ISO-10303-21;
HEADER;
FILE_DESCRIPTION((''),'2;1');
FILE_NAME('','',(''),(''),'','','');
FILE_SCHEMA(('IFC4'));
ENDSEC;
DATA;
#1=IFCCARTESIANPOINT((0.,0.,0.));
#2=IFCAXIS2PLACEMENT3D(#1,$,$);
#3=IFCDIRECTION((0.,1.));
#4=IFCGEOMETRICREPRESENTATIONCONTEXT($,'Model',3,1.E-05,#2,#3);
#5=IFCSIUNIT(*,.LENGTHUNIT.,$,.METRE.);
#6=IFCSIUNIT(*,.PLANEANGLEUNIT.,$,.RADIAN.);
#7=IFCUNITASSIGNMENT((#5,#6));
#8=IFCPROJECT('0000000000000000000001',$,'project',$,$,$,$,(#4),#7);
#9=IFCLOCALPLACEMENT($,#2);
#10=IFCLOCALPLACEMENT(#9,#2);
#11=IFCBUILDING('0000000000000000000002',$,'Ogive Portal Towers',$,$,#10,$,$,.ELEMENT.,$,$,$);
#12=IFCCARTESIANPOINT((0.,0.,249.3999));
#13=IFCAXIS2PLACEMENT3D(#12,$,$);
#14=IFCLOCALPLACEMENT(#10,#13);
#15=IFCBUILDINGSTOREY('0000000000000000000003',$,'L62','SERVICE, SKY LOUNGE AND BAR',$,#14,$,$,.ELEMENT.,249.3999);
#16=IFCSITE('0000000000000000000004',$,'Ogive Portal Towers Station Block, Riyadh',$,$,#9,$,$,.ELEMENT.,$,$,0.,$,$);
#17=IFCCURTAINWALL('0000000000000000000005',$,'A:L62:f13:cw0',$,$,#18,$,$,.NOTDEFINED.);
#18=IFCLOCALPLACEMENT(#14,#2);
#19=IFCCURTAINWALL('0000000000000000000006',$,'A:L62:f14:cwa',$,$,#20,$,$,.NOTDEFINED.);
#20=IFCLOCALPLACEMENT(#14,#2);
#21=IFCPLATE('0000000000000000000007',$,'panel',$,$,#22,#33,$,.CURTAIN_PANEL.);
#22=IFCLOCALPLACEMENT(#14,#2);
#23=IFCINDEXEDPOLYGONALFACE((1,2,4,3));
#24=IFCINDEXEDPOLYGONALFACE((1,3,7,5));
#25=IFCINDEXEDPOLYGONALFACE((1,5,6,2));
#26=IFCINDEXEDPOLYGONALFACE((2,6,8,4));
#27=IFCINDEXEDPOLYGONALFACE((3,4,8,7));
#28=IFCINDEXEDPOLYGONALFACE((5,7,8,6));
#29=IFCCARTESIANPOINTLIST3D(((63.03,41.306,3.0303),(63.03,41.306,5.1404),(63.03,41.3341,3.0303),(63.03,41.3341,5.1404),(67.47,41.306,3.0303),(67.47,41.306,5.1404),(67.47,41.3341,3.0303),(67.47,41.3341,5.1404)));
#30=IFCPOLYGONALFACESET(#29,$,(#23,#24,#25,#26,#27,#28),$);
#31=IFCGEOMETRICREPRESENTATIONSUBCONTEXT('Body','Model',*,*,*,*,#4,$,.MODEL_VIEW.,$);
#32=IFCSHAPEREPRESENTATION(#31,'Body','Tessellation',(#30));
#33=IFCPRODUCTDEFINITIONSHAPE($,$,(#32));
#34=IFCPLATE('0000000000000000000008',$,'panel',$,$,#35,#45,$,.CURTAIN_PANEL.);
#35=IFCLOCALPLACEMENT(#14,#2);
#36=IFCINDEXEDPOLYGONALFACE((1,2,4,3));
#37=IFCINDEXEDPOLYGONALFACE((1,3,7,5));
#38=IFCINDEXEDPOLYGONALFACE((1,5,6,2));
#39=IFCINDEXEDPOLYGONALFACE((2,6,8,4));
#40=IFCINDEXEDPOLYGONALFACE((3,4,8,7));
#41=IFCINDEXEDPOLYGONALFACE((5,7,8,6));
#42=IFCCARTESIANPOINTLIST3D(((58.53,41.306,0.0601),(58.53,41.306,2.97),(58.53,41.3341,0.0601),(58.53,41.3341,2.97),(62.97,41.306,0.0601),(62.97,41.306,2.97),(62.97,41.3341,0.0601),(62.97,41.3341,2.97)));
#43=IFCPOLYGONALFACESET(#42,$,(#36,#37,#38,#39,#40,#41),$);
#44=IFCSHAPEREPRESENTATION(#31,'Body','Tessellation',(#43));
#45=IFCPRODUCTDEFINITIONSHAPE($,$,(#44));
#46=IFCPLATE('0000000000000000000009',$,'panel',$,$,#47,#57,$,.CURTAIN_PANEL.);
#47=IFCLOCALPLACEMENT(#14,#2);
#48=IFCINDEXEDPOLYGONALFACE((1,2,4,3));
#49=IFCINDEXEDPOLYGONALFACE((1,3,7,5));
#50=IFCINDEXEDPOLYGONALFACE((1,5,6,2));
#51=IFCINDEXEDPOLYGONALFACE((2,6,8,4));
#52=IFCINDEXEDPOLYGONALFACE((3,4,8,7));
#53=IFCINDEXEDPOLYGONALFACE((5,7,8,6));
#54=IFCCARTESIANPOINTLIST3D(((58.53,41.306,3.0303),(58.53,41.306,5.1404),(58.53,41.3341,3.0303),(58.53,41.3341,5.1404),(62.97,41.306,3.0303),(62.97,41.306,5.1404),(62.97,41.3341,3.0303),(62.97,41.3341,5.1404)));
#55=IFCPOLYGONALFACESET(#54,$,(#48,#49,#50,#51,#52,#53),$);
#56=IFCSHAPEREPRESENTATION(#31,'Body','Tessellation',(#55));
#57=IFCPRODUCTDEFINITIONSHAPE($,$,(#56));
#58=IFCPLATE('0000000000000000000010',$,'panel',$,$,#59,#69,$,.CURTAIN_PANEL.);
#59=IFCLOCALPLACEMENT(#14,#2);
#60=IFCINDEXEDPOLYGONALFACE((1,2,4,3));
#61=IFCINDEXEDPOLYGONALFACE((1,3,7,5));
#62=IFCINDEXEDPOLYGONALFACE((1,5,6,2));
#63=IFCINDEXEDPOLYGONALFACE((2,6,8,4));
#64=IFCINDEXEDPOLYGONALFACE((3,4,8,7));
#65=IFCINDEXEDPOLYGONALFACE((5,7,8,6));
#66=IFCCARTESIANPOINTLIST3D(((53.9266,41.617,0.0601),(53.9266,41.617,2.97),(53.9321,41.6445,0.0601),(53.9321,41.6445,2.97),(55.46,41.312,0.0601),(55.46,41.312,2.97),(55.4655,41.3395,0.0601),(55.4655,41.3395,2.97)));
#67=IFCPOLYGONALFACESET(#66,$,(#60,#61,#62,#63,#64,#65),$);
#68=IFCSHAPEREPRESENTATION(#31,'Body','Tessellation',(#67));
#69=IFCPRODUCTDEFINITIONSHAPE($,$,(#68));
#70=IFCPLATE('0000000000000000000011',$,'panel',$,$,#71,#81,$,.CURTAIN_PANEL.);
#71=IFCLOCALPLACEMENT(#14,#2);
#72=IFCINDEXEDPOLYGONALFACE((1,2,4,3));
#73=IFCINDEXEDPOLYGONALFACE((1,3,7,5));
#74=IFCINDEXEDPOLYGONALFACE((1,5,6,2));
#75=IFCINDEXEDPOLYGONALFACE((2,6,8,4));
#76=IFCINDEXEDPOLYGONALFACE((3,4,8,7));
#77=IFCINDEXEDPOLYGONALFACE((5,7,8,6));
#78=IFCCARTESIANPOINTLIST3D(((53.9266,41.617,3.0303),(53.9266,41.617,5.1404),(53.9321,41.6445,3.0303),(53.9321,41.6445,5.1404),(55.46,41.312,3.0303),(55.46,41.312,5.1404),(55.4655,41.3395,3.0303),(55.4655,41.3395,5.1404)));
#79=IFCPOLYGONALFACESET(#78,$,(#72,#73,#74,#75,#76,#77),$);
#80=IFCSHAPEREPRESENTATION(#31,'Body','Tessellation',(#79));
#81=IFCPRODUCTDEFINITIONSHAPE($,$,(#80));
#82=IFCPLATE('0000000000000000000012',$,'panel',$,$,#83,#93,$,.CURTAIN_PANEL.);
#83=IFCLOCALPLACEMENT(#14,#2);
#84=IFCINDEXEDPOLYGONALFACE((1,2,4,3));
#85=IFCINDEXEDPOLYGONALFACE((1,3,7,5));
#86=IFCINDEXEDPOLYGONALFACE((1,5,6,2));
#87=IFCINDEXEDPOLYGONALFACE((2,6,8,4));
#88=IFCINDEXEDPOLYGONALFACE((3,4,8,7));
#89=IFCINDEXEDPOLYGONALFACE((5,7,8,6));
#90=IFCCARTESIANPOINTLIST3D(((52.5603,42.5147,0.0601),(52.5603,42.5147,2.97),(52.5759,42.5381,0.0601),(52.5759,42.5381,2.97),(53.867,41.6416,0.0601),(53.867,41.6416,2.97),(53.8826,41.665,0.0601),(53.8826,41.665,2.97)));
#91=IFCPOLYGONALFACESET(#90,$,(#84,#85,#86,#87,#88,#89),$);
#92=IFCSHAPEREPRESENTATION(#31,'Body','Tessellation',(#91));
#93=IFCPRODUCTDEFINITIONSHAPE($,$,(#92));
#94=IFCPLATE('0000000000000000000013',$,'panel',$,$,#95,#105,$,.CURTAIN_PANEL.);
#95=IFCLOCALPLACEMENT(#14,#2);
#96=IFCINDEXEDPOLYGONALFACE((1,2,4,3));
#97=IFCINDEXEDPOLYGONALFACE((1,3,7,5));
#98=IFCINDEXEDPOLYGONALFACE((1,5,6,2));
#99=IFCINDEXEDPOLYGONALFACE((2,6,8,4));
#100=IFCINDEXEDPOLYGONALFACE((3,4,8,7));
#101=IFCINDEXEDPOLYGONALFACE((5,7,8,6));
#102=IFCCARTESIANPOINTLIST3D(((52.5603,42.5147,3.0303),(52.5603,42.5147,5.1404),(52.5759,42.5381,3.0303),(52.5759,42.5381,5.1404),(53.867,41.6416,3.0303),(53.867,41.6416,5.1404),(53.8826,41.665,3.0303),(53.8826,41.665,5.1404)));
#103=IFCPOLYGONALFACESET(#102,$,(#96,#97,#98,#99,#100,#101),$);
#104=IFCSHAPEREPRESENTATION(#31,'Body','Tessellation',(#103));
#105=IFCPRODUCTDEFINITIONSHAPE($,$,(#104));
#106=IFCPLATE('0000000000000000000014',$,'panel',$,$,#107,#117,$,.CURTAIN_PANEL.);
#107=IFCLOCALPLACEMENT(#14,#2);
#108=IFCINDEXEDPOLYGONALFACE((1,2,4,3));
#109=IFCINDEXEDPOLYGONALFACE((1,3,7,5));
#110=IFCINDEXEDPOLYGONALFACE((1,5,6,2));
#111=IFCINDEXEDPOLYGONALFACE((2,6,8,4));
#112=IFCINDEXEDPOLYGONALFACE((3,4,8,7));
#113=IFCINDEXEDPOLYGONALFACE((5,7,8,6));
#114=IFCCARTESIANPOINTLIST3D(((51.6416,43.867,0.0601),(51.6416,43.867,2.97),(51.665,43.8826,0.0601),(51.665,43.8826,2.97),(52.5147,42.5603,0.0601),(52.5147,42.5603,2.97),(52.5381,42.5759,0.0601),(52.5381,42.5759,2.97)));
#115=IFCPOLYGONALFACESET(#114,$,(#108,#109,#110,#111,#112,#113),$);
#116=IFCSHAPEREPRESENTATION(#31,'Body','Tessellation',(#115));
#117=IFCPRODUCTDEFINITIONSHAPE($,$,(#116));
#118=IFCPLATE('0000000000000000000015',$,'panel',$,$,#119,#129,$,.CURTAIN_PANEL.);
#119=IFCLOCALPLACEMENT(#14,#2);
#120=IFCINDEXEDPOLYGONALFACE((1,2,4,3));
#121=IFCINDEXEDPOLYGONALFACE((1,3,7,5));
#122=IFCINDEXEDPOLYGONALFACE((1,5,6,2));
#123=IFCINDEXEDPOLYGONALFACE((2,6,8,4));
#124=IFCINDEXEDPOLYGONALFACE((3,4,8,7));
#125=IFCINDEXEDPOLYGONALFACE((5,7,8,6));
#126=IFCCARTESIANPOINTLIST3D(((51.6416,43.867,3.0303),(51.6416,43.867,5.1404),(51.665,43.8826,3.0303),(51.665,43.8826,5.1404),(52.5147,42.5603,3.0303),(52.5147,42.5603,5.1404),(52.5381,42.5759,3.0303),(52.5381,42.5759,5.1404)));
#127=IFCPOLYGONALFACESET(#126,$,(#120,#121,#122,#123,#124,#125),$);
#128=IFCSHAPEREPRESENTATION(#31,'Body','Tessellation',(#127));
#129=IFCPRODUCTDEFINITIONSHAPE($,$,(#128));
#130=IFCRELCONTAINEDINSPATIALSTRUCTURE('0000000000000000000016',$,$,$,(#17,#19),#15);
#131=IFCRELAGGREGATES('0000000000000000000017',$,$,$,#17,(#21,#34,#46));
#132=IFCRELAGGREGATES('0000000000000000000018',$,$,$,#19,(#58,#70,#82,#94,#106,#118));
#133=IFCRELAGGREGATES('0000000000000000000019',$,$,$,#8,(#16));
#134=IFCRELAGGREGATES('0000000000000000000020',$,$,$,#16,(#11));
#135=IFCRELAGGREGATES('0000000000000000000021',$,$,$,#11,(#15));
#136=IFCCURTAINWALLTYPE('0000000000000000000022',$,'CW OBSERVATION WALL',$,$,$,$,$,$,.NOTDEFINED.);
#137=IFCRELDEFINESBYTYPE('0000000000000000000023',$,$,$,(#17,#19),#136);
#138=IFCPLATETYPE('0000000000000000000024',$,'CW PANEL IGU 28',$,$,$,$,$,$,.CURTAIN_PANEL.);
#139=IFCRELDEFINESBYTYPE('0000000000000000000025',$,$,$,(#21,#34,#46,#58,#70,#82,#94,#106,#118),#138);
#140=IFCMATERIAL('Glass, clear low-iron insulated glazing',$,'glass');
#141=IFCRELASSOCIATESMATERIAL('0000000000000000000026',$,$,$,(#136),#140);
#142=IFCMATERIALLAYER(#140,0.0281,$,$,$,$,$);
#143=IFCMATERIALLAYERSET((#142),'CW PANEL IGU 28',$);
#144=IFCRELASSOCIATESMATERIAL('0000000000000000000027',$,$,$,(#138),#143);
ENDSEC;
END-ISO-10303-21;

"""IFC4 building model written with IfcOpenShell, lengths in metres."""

from ifc_helpers import new_model, si_unit, direction, frame, origin, origin_2d, place, context, subcontext, project, spatial, rectangle, extrude, material, layer, layer_set, type_object, element, aggregate, save


model = new_model("IFC4")

# Units and contexts
model_context = context("Model", 3, precision=1e-05, world=origin(), true_north=direction((0.0, 1.0)))
body_context = subcontext(model_context, "Body", "Model", "MODEL_VIEW")
ifc_project = project(units=[si_unit("LENGTHUNIT", "METRE"), si_unit("PLANEANGLEUNIT", "RADIAN")], contexts=[model_context])

# Site, building, storey
site_placement = place(None, origin())
site = spatial("IfcSite", under=ifc_project, at=site_placement, Name="Ogive Portal Towers Station Block, Riyadh", CompositionType="ELEMENT", RefElevation=0.0)
building_placement = place(site_placement, origin())
building = spatial("IfcBuilding", under=site, at=building_placement, Name="Ogive Portal Towers", CompositionType="ELEMENT")
storey_placement = place(building_placement, frame((0.0, 0.0, 249.3999)))
storey = spatial("IfcBuildingStorey", under=building, at=storey_placement, Name="L62", Description="SERVICE, SKY LOUNGE AND BAR", CompositionType="ELEMENT", Elevation=249.3999)

# Curtain walls
ifc_material_1 = material(Name="Glass, clear low-iron insulated glazing", Category="glass")
curtain_wall_type = type_object("IfcCurtainWallType", Name="CW OBSERVATION WALL", PredefinedType="NOTDEFINED", material=ifc_material_1)
curtain_wall_1_placement = place(storey_placement, origin())
curtain_wall_1 = element("IfcCurtainWall", 1, at=curtain_wall_1_placement, inside=storey, type_object=curtain_wall_type, Name="A:L62:f13:cw0", PredefinedType="NOTDEFINED")
curtain_wall_2_placement = place(storey_placement, origin())
curtain_wall_2 = element("IfcCurtainWall", 2, at=curtain_wall_2_placement, inside=storey, type_object=curtain_wall_type, Name="A:L62:f14:cwa", PredefinedType="NOTDEFINED")

# Plates
ifc_layer = layer(ifc_material_1, 0.0281)
ifc_layer_set = layer_set([ifc_layer], Name="CW PANEL IGU 28")
plate_type = type_object("IfcPlateType", Name="CW PANEL IGU 28", PredefinedType="CURTAIN_PANEL", material=ifc_layer_set)
plate_1_placement = place(storey_placement, frame((65.25, 41.3201, 3.0303), z_axis=(0.0, 0.0, 1.0), x_axis=(-1.0, 0.0, 0.0)))
plate_1 = element("IfcPlate", 3, at=plate_1_placement, type_object=plate_type, Name="panel", PredefinedType="CURTAIN_PANEL", context=body_context, shape_type="SweptSolid", body=[
    extrude(rectangle(XDim=4.4399, YDim=0.0281, at=origin_2d()), origin(), (0.0, 0.0, 1.0), 2.1101),
])
plate_2_placement = place(storey_placement, frame((60.75, 41.3201, 0.0601), z_axis=(0.0, 0.0, 1.0), x_axis=(-1.0, 0.0, 0.0)))
plate_2 = element("IfcPlate", 4, at=plate_2_placement, type_object=plate_type, Name="panel", PredefinedType="CURTAIN_PANEL", context=body_context, shape_type="SweptSolid", body=[
    extrude(rectangle(XDim=4.4399, YDim=0.0281, at=origin_2d()), origin(), (0.0, 0.0, 1.0), 2.9099),
])
plate_3_placement = place(storey_placement, frame((60.75, 41.3201, 3.0303), z_axis=(0.0, 0.0, 1.0), x_axis=(-1.0, 0.0, 0.0)))
plate_3 = element("IfcPlate", 5, at=plate_3_placement, type_object=plate_type, Name="panel", PredefinedType="CURTAIN_PANEL", context=body_context, shape_type="SweptSolid", body=[
    extrude(rectangle(XDim=4.4399, YDim=0.0281, at=origin_2d()), origin(), (0.0, 0.0, 1.0), 2.1101),
])
aggregate(curtain_wall_1, [plate_1, plate_2, plate_3])
plate_4_placement = place(storey_placement, frame((54.696, 41.4783, 0.0601), z_axis=(0.0, 0.0, 1.0), x_axis=(-0.980785, 0.19509, 0.0)))
plate_4 = element("IfcPlate", 6, at=plate_4_placement, type_object=plate_type, Name="panel", PredefinedType="CURTAIN_PANEL", context=body_context, shape_type="SweptSolid", body=[
    extrude(rectangle(XDim=1.5635, YDim=0.0281, at=origin_2d()), origin(), (0.0, 0.0, 1.0), 2.9099),
])
plate_5_placement = place(storey_placement, frame((54.696, 41.4783, 3.0303), z_axis=(0.0, 0.0, 1.0), x_axis=(-0.980785, 0.19509, 0.0)))
plate_5 = element("IfcPlate", 7, at=plate_5_placement, type_object=plate_type, Name="panel", PredefinedType="CURTAIN_PANEL", context=body_context, shape_type="SweptSolid", body=[
    extrude(rectangle(XDim=1.5635, YDim=0.0281, at=origin_2d()), origin(), (0.0, 0.0, 1.0), 2.1101),
])
plate_6_placement = place(storey_placement, frame((53.2214, 42.0898, 0.0601), z_axis=(0.0, 0.0, 1.0), x_axis=(-0.83147, 0.55557, 0.0)))
plate_6 = element("IfcPlate", 8, at=plate_6_placement, type_object=plate_type, Name="panel", PredefinedType="CURTAIN_PANEL", context=body_context, shape_type="SweptSolid", body=[
    extrude(rectangle(XDim=1.5715, YDim=0.0281, at=origin_2d()), origin(), (0.0, 0.0, 1.0), 2.9099),
])
plate_7_placement = place(storey_placement, frame((53.2214, 42.0898, 3.0303), z_axis=(0.0, 0.0, 1.0), x_axis=(-0.83147, 0.55557, 0.0)))
plate_7 = element("IfcPlate", 9, at=plate_7_placement, type_object=plate_type, Name="panel", PredefinedType="CURTAIN_PANEL", context=body_context, shape_type="SweptSolid", body=[
    extrude(rectangle(XDim=1.5715, YDim=0.0281, at=origin_2d()), origin(), (0.0, 0.0, 1.0), 2.1101),
])
plate_8_placement = place(storey_placement, frame((52.0898, 43.2214, 0.0601), z_axis=(0.0, 0.0, 1.0), x_axis=(-0.55557, 0.83147, 0.0)))
plate_8 = element("IfcPlate", 10, at=plate_8_placement, type_object=plate_type, Name="panel", PredefinedType="CURTAIN_PANEL", context=body_context, shape_type="SweptSolid", body=[
    extrude(rectangle(XDim=1.5715, YDim=0.0281, at=origin_2d()), origin(), (0.0, 0.0, 1.0), 2.9099),
])
plate_9_placement = place(storey_placement, frame((52.0898, 43.2214, 3.0303), z_axis=(0.0, 0.0, 1.0), x_axis=(-0.55557, 0.83147, 0.0)))
plate_9 = element("IfcPlate", 11, at=plate_9_placement, type_object=plate_type, Name="panel", PredefinedType="CURTAIN_PANEL", context=body_context, shape_type="SweptSolid", body=[
    extrude(rectangle(XDim=1.5715, YDim=0.0281, at=origin_2d()), origin(), (0.0, 0.0, 1.0), 2.1101),
])
aggregate(curtain_wall_2, [plate_4, plate_5, plate_6, plate_7, plate_8, plate_9])

save(model, "model.ifc")
